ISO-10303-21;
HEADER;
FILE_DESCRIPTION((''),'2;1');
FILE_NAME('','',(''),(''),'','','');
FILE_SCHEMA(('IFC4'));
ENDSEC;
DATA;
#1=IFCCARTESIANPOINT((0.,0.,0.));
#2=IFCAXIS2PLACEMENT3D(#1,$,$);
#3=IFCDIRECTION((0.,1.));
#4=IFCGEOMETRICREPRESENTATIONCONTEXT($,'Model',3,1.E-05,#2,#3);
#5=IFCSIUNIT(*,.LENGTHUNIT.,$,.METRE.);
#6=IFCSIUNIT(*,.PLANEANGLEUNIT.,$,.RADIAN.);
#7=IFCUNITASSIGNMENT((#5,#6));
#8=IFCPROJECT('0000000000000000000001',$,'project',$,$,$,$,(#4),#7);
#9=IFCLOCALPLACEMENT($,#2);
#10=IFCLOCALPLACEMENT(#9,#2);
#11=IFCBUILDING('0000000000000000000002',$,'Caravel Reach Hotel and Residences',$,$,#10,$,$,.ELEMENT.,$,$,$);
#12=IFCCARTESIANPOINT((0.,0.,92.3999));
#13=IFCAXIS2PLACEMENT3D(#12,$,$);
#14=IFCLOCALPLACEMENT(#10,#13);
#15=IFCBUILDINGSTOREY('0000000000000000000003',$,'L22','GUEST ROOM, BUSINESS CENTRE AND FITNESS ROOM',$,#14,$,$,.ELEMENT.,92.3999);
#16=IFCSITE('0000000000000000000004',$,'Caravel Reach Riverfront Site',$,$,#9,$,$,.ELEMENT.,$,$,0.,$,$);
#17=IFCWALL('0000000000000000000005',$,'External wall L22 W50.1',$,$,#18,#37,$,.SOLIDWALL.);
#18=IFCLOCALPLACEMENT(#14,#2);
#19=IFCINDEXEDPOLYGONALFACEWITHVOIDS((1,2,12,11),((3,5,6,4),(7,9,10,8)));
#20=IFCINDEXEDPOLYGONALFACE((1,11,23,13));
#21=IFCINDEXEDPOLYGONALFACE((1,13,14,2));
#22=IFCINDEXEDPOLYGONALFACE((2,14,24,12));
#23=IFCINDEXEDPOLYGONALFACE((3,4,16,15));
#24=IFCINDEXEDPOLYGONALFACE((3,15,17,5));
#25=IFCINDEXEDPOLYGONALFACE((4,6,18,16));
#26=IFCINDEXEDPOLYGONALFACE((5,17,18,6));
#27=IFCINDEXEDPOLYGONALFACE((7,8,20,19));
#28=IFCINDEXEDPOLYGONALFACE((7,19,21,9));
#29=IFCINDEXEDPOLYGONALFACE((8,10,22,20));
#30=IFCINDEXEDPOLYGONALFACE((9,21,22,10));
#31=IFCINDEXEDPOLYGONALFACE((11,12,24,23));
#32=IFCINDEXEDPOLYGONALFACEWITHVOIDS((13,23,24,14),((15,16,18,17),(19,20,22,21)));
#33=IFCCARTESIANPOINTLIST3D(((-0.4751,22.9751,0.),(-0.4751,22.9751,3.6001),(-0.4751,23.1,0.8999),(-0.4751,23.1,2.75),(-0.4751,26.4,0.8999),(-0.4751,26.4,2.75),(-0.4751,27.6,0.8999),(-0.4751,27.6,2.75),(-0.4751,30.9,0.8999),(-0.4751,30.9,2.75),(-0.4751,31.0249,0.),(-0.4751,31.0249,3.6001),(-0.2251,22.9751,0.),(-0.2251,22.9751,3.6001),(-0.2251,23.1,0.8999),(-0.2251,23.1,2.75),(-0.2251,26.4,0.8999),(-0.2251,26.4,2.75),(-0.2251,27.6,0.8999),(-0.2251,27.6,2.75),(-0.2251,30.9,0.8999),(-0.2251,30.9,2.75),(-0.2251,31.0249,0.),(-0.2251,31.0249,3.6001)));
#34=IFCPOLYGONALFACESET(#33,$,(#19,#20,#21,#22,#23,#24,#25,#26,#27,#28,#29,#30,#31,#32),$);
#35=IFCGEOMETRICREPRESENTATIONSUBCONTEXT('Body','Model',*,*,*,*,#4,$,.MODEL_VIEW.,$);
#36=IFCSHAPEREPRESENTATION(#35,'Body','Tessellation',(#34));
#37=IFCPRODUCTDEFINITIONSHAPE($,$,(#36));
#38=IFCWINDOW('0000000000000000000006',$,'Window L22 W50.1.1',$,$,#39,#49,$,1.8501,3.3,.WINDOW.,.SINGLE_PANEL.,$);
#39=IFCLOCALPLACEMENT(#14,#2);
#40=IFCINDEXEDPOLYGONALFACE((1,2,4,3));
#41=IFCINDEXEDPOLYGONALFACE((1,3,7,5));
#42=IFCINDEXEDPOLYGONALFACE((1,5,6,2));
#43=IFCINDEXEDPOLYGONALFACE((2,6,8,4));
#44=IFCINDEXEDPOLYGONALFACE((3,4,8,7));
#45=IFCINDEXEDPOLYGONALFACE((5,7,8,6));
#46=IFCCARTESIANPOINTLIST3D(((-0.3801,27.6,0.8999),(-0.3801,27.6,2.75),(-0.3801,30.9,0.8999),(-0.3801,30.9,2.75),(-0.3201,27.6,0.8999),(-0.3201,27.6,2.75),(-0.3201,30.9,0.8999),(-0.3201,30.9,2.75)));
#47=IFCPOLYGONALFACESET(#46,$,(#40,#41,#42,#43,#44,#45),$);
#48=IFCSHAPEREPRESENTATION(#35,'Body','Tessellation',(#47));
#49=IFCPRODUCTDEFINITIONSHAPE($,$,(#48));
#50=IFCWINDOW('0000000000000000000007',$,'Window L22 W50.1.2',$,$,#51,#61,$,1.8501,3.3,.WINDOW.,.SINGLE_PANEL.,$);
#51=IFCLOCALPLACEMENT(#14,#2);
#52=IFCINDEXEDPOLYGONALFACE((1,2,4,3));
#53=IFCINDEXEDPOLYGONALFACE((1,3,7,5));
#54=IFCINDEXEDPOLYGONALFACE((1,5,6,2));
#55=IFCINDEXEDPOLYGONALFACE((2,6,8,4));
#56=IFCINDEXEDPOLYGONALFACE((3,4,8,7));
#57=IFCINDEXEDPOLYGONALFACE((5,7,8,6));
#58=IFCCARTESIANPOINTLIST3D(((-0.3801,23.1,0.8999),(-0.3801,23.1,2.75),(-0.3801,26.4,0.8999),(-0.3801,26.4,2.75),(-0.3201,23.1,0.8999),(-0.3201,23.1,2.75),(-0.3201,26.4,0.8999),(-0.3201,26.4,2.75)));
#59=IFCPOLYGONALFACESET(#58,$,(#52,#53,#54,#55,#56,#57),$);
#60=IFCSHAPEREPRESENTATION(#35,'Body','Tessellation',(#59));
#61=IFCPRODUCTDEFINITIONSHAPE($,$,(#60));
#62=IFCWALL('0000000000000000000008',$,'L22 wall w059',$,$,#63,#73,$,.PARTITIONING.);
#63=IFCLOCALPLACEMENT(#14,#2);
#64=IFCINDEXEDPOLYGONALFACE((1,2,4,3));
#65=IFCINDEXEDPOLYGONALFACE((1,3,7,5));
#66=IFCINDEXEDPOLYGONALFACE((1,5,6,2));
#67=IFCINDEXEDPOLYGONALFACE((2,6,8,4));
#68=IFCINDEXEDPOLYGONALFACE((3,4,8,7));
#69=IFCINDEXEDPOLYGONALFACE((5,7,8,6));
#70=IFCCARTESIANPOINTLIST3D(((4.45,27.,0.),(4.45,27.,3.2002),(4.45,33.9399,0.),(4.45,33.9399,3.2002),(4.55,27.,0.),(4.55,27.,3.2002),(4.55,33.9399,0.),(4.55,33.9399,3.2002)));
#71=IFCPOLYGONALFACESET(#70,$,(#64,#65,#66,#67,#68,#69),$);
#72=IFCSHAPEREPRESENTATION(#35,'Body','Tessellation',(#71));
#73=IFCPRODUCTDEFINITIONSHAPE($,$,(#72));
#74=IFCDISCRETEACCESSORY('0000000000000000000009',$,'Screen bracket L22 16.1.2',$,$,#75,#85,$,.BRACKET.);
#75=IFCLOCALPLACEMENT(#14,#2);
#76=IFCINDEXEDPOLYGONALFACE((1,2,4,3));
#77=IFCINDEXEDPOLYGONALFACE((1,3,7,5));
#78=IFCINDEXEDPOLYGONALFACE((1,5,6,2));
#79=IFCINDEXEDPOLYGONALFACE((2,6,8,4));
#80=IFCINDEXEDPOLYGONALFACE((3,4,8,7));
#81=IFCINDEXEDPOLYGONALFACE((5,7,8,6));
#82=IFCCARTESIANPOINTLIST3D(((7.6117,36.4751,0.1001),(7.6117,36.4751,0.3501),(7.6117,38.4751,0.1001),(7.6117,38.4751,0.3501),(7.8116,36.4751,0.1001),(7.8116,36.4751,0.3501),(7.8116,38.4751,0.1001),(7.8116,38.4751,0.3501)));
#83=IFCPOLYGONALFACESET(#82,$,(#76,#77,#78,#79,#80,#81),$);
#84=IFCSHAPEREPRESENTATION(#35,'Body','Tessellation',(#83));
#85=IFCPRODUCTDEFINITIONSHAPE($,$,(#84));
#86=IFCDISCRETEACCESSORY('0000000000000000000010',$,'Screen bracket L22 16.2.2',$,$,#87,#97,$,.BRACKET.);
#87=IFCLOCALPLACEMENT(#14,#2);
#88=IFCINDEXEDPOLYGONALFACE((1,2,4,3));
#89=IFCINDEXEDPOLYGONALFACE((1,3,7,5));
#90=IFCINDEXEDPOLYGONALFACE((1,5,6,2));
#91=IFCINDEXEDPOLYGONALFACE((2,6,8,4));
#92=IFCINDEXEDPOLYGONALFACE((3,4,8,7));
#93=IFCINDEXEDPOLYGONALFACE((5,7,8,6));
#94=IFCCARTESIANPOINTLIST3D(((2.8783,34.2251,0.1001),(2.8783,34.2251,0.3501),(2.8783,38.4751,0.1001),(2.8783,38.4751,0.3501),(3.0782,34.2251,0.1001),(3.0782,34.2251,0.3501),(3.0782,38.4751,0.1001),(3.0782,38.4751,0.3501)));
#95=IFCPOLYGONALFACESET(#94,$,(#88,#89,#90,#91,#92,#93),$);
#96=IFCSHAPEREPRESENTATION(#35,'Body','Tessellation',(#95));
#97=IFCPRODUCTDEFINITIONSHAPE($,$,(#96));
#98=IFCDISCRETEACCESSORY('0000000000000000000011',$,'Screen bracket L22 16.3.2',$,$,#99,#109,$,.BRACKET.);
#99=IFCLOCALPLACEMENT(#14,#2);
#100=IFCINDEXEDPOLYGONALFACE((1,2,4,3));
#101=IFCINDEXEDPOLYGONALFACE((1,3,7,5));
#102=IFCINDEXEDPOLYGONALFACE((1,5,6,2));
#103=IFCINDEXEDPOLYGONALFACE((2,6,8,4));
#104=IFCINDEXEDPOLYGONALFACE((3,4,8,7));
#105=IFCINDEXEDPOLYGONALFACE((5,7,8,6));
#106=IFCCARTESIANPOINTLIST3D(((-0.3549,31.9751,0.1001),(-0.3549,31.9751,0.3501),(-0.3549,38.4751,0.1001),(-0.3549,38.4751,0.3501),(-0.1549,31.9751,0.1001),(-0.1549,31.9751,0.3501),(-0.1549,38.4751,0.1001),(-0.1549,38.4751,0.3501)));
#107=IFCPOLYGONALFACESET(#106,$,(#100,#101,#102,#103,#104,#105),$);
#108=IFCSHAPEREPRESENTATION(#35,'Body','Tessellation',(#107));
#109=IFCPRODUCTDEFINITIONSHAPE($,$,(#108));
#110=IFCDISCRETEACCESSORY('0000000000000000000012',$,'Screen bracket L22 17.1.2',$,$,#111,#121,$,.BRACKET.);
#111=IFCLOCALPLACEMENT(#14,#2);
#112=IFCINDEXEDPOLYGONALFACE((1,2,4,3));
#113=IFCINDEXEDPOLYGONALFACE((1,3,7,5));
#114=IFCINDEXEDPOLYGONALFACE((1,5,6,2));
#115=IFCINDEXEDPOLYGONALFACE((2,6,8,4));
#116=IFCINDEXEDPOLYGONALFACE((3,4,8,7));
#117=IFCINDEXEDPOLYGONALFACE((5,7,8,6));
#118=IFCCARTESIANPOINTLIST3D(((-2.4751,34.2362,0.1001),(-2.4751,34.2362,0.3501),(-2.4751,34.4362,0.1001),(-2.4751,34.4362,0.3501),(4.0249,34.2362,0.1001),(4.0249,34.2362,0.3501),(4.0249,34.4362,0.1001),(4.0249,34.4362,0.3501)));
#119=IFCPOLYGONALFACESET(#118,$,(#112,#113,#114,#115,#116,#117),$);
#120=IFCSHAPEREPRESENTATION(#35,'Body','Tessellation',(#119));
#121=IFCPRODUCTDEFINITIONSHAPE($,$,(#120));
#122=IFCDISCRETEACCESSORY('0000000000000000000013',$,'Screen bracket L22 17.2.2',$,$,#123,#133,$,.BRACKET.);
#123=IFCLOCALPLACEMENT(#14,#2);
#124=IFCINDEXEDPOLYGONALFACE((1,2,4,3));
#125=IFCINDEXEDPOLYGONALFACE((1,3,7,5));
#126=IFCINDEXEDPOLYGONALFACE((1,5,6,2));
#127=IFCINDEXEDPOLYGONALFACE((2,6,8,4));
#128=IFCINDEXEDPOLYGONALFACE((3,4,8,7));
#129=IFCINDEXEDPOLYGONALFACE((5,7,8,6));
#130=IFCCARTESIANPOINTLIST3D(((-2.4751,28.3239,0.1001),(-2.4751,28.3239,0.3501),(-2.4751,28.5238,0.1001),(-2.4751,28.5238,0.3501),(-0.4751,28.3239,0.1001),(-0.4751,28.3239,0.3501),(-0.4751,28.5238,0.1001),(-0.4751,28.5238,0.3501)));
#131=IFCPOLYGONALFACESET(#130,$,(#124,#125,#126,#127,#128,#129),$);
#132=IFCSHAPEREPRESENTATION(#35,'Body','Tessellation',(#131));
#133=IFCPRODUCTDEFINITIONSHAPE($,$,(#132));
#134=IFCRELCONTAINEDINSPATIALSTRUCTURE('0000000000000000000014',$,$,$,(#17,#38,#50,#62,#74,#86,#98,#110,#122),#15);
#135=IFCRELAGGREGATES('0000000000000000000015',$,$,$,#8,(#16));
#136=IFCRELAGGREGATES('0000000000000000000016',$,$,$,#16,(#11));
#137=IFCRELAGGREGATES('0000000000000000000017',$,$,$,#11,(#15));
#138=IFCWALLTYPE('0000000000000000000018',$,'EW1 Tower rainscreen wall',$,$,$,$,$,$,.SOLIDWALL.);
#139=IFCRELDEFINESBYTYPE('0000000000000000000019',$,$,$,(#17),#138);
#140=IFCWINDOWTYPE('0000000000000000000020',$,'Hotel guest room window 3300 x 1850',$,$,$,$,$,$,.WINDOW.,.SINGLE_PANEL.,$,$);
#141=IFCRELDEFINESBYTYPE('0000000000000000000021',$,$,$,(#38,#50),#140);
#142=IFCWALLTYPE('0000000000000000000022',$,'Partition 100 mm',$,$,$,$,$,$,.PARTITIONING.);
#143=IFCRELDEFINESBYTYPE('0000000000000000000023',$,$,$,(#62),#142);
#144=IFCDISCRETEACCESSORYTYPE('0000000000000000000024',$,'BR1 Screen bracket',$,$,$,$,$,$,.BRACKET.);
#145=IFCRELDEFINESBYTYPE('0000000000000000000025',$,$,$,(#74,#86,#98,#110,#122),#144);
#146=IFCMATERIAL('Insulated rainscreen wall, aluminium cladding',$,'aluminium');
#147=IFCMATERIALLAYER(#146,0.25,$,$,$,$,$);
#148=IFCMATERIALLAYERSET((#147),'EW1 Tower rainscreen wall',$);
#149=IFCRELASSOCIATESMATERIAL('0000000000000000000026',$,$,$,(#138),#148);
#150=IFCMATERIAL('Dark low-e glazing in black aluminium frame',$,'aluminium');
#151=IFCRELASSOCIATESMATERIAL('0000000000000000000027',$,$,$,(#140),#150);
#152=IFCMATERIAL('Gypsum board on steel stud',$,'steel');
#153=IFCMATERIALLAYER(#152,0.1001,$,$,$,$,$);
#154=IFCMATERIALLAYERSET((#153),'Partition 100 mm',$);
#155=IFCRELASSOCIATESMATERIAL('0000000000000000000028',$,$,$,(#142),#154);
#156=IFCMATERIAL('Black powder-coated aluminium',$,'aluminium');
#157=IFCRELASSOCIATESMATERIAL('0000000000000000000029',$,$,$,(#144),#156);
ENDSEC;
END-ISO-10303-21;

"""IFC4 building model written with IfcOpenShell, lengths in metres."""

from ifc_helpers import new_model, si_unit, direction, frame, frame_2d, origin, origin_2d, place, context, subcontext, project, spatial, rectangle, extrude, material, layer, layer_set, type_object, element, fill, save


model = new_model("IFC4")

# Units and contexts
model_context = context("Model", 3, precision=1e-05, world=origin(), true_north=direction((0.0, 1.0)))
body_context = subcontext(model_context, "Body", "Model", "MODEL_VIEW")
ifc_project = project(units=[si_unit("LENGTHUNIT", "METRE"), si_unit("PLANEANGLEUNIT", "RADIAN")], contexts=[model_context])

# Site, building, storey
site_placement = place(None, origin())
site = spatial("IfcSite", under=ifc_project, at=site_placement, Name="Caravel Reach Riverfront Site", CompositionType="ELEMENT", RefElevation=0.0)
building_placement = place(site_placement, origin())
building = spatial("IfcBuilding", under=site, at=building_placement, Name="Caravel Reach Hotel and Residences", CompositionType="ELEMENT")
storey_placement = place(building_placement, frame((0.0, 0.0, 92.3999)))
storey = spatial("IfcBuildingStorey", under=building, at=storey_placement, Name="L22", Description="GUEST ROOM, BUSINESS CENTRE AND FITNESS ROOM", CompositionType="ELEMENT", Elevation=92.3999)

# Shared definitions
ifc_material_1 = material(Name="Insulated rainscreen wall, aluminium cladding", Category="aluminium")
ifc_layer_1 = layer(ifc_material_1, 0.25)
ifc_layer_set_1 = layer_set([ifc_layer_1], Name="EW1 Tower rainscreen wall")
wall_type_1 = type_object("IfcWallType", Name="EW1 Tower rainscreen wall", PredefinedType="SOLIDWALL", material=ifc_layer_set_1)

# Wall, openings, windows
wall_1_placement = place(storey_placement, frame((-0.3501, 31.0249, 0.0), z_axis=(0.0, 0.0, 1.0), x_axis=(0.0, -1.0, 0.0)))
wall_1 = element("IfcWall", 1, at=wall_1_placement, inside=storey, type_object=wall_type_1, Name="External wall L22 W50.1", PredefinedType="SOLIDWALL", context=body_context, shape_type="SweptSolid", body=[
    extrude(rectangle(XDim=8.0498, YDim=0.25, at=frame_2d((4.0249, 0.0))), origin(), (0.0, 0.0, 1.0), 3.6001),
])
opening_1_placement = place(wall_1_placement, frame((0.125, 0.0, 0.8999)))
opening_1 = element("IfcOpeningElement", 2, at=opening_1_placement, cuts=wall_1, PredefinedType="OPENING", context=body_context, shape_type="SweptSolid", body=[
    extrude(rectangle(XDim=3.3, YDim=1.8501, at=frame_2d((1.6499, 0.925))), frame((0.0, 0.135, 0.0), z_axis=(0.0, -1.0, 0.0), x_axis=(1.0, 0.0, 0.0)), (0.0, 0.0, 1.0), 0.27),
])
opening_2_placement = place(wall_1_placement, frame((4.625, 0.0, 0.8999)))
opening_2 = element("IfcOpeningElement", 3, at=opening_2_placement, cuts=wall_1, PredefinedType="OPENING", context=body_context, shape_type="SweptSolid", body=[
    extrude(rectangle(XDim=3.3, YDim=1.8501, at=frame_2d((1.6499, 0.925))), frame((0.0, 0.135, 0.0), z_axis=(0.0, -1.0, 0.0), x_axis=(1.0, 0.0, 0.0)), (0.0, 0.0, 1.0), 0.27),
])
ifc_material_2 = material(Name="Dark low-e glazing in black aluminium frame", Category="aluminium")
window_type_1 = type_object("IfcWindowType", Name="Hotel guest room window 3300 x 1850", PartitioningType="SINGLE_PANEL", PredefinedType="WINDOW", material=ifc_material_2)
window_1_placement = place(opening_1_placement, origin())
window_1 = element("IfcWindow", 4, at=window_1_placement, inside=storey, type_object=window_type_1, Name="Window L22 W50.1.1", OverallHeight=1.8501, OverallWidth=3.3, PartitioningType="SINGLE_PANEL", PredefinedType="WINDOW", context=body_context, shape_type="SweptSolid", body=[
    extrude(rectangle(XDim=3.3, YDim=1.8501, at=frame_2d((1.6499, 0.925))), frame((0.0, 0.03, 0.0), z_axis=(0.0, -1.0, 0.0), x_axis=(1.0, 0.0, 0.0)), (0.0, 0.0, 1.0), 0.0601),
])
fill(opening_1, window_1)
window_2_placement = place(opening_2_placement, origin())
window_2 = element("IfcWindow", 5, at=window_2_placement, inside=storey, type_object=window_type_1, Name="Window L22 W50.1.2", OverallHeight=1.8501, OverallWidth=3.3, PartitioningType="SINGLE_PANEL", PredefinedType="WINDOW", context=body_context, shape_type="SweptSolid", body=[
    extrude(rectangle(XDim=3.3, YDim=1.8501, at=frame_2d((1.6499, 0.925))), frame((0.0, 0.03, 0.0), z_axis=(0.0, -1.0, 0.0), x_axis=(1.0, 0.0, 0.0)), (0.0, 0.0, 1.0), 0.0601),
])
fill(opening_2, window_2)

# Wall
ifc_material_3 = material(Name="Gypsum board on steel stud", Category="steel")
ifc_layer_2 = layer(ifc_material_3, 0.1001)
ifc_layer_set_2 = layer_set([ifc_layer_2], Name="Partition 100 mm")
wall_type_2 = type_object("IfcWallType", Name="Partition 100 mm", PredefinedType="PARTITIONING", material=ifc_layer_set_2)
wall_2_placement = place(storey_placement, frame((4.5, 27.0, 0.0), z_axis=(0.0, 0.0, 1.0), x_axis=(0.0, 1.0, 0.0)))
element("IfcWall", 6, at=wall_2_placement, inside=storey, type_object=wall_type_2, Name="L22 wall w059", PredefinedType="PARTITIONING", context=body_context, shape_type="SweptSolid", body=[
    extrude(rectangle(XDim=6.9399, YDim=0.1001, at=frame_2d((3.47, 0.0))), origin(), (0.0, 0.0, 1.0), 3.2002),
])

# Discrete accessories
ifc_material_4 = material(Name="Black powder-coated aluminium", Category="aluminium")
discrete_accessory_type = type_object("IfcDiscreteAccessoryType", Name="BR1 Screen bracket", PredefinedType="BRACKET", material=ifc_material_4)
discrete_accessory_1_placement = place(storey_placement, frame((7.7117, 37.4751, 0.1001), z_axis=(0.0, 0.0, 1.0), x_axis=(0.0, 1.0, 0.0)))
element("IfcDiscreteAccessory", 7, at=discrete_accessory_1_placement, inside=storey, type_object=discrete_accessory_type, Name="Screen bracket L22 16.1.2", PredefinedType="BRACKET", context=body_context, shape_type="SweptSolid", body=[
    extrude(rectangle(XDim=2.0, YDim=0.2, at=origin_2d()), origin(), (0.0, 0.0, 1.0), 0.25),
])
discrete_accessory_2_placement = place(storey_placement, frame((2.9783, 36.3501, 0.1001), z_axis=(0.0, 0.0, 1.0), x_axis=(0.0, 1.0, 0.0)))
element("IfcDiscreteAccessory", 8, at=discrete_accessory_2_placement, inside=storey, type_object=discrete_accessory_type, Name="Screen bracket L22 16.2.2", PredefinedType="BRACKET", context=body_context, shape_type="SweptSolid", body=[
    extrude(rectangle(XDim=4.25, YDim=0.2, at=origin_2d()), origin(), (0.0, 0.0, 1.0), 0.25),
])
for number, where, z_axis, x_axis, name in (
    (9, (-0.2549, 35.2251, 0.1001), (0.0, 0.0, 1.0), (0.0, 1.0, 0.0), "Screen bracket L22 16.3.2"),
    (10, (0.7749, 34.3362, 0.1001), (0.0, 0.0, 1.0), (-1.0, 0.0, 0.0), "Screen bracket L22 17.1.2"),
):
    element("IfcDiscreteAccessory", number, at=place(storey_placement, frame(where, z_axis=z_axis, x_axis=x_axis)), inside=storey, type_object=discrete_accessory_type, Name=name, PredefinedType="BRACKET", context=body_context, shape_type="SweptSolid", body=[
        extrude(rectangle(XDim=6.5, YDim=0.2, at=origin_2d()), origin(), (0.0, 0.0, 1.0), 0.25),
    ])
discrete_accessory_3_placement = place(storey_placement, frame((-1.4751, 28.4238, 0.1001), z_axis=(0.0, 0.0, 1.0), x_axis=(-1.0, 0.0, 0.0)))
element("IfcDiscreteAccessory", 11, at=discrete_accessory_3_placement, inside=storey, type_object=discrete_accessory_type, Name="Screen bracket L22 17.2.2", PredefinedType="BRACKET", context=body_context, shape_type="SweptSolid", body=[
    extrude(rectangle(XDim=2.0, YDim=0.2, at=origin_2d()), origin(), (0.0, 0.0, 1.0), 0.25),
])

save(model, "model.ifc")
